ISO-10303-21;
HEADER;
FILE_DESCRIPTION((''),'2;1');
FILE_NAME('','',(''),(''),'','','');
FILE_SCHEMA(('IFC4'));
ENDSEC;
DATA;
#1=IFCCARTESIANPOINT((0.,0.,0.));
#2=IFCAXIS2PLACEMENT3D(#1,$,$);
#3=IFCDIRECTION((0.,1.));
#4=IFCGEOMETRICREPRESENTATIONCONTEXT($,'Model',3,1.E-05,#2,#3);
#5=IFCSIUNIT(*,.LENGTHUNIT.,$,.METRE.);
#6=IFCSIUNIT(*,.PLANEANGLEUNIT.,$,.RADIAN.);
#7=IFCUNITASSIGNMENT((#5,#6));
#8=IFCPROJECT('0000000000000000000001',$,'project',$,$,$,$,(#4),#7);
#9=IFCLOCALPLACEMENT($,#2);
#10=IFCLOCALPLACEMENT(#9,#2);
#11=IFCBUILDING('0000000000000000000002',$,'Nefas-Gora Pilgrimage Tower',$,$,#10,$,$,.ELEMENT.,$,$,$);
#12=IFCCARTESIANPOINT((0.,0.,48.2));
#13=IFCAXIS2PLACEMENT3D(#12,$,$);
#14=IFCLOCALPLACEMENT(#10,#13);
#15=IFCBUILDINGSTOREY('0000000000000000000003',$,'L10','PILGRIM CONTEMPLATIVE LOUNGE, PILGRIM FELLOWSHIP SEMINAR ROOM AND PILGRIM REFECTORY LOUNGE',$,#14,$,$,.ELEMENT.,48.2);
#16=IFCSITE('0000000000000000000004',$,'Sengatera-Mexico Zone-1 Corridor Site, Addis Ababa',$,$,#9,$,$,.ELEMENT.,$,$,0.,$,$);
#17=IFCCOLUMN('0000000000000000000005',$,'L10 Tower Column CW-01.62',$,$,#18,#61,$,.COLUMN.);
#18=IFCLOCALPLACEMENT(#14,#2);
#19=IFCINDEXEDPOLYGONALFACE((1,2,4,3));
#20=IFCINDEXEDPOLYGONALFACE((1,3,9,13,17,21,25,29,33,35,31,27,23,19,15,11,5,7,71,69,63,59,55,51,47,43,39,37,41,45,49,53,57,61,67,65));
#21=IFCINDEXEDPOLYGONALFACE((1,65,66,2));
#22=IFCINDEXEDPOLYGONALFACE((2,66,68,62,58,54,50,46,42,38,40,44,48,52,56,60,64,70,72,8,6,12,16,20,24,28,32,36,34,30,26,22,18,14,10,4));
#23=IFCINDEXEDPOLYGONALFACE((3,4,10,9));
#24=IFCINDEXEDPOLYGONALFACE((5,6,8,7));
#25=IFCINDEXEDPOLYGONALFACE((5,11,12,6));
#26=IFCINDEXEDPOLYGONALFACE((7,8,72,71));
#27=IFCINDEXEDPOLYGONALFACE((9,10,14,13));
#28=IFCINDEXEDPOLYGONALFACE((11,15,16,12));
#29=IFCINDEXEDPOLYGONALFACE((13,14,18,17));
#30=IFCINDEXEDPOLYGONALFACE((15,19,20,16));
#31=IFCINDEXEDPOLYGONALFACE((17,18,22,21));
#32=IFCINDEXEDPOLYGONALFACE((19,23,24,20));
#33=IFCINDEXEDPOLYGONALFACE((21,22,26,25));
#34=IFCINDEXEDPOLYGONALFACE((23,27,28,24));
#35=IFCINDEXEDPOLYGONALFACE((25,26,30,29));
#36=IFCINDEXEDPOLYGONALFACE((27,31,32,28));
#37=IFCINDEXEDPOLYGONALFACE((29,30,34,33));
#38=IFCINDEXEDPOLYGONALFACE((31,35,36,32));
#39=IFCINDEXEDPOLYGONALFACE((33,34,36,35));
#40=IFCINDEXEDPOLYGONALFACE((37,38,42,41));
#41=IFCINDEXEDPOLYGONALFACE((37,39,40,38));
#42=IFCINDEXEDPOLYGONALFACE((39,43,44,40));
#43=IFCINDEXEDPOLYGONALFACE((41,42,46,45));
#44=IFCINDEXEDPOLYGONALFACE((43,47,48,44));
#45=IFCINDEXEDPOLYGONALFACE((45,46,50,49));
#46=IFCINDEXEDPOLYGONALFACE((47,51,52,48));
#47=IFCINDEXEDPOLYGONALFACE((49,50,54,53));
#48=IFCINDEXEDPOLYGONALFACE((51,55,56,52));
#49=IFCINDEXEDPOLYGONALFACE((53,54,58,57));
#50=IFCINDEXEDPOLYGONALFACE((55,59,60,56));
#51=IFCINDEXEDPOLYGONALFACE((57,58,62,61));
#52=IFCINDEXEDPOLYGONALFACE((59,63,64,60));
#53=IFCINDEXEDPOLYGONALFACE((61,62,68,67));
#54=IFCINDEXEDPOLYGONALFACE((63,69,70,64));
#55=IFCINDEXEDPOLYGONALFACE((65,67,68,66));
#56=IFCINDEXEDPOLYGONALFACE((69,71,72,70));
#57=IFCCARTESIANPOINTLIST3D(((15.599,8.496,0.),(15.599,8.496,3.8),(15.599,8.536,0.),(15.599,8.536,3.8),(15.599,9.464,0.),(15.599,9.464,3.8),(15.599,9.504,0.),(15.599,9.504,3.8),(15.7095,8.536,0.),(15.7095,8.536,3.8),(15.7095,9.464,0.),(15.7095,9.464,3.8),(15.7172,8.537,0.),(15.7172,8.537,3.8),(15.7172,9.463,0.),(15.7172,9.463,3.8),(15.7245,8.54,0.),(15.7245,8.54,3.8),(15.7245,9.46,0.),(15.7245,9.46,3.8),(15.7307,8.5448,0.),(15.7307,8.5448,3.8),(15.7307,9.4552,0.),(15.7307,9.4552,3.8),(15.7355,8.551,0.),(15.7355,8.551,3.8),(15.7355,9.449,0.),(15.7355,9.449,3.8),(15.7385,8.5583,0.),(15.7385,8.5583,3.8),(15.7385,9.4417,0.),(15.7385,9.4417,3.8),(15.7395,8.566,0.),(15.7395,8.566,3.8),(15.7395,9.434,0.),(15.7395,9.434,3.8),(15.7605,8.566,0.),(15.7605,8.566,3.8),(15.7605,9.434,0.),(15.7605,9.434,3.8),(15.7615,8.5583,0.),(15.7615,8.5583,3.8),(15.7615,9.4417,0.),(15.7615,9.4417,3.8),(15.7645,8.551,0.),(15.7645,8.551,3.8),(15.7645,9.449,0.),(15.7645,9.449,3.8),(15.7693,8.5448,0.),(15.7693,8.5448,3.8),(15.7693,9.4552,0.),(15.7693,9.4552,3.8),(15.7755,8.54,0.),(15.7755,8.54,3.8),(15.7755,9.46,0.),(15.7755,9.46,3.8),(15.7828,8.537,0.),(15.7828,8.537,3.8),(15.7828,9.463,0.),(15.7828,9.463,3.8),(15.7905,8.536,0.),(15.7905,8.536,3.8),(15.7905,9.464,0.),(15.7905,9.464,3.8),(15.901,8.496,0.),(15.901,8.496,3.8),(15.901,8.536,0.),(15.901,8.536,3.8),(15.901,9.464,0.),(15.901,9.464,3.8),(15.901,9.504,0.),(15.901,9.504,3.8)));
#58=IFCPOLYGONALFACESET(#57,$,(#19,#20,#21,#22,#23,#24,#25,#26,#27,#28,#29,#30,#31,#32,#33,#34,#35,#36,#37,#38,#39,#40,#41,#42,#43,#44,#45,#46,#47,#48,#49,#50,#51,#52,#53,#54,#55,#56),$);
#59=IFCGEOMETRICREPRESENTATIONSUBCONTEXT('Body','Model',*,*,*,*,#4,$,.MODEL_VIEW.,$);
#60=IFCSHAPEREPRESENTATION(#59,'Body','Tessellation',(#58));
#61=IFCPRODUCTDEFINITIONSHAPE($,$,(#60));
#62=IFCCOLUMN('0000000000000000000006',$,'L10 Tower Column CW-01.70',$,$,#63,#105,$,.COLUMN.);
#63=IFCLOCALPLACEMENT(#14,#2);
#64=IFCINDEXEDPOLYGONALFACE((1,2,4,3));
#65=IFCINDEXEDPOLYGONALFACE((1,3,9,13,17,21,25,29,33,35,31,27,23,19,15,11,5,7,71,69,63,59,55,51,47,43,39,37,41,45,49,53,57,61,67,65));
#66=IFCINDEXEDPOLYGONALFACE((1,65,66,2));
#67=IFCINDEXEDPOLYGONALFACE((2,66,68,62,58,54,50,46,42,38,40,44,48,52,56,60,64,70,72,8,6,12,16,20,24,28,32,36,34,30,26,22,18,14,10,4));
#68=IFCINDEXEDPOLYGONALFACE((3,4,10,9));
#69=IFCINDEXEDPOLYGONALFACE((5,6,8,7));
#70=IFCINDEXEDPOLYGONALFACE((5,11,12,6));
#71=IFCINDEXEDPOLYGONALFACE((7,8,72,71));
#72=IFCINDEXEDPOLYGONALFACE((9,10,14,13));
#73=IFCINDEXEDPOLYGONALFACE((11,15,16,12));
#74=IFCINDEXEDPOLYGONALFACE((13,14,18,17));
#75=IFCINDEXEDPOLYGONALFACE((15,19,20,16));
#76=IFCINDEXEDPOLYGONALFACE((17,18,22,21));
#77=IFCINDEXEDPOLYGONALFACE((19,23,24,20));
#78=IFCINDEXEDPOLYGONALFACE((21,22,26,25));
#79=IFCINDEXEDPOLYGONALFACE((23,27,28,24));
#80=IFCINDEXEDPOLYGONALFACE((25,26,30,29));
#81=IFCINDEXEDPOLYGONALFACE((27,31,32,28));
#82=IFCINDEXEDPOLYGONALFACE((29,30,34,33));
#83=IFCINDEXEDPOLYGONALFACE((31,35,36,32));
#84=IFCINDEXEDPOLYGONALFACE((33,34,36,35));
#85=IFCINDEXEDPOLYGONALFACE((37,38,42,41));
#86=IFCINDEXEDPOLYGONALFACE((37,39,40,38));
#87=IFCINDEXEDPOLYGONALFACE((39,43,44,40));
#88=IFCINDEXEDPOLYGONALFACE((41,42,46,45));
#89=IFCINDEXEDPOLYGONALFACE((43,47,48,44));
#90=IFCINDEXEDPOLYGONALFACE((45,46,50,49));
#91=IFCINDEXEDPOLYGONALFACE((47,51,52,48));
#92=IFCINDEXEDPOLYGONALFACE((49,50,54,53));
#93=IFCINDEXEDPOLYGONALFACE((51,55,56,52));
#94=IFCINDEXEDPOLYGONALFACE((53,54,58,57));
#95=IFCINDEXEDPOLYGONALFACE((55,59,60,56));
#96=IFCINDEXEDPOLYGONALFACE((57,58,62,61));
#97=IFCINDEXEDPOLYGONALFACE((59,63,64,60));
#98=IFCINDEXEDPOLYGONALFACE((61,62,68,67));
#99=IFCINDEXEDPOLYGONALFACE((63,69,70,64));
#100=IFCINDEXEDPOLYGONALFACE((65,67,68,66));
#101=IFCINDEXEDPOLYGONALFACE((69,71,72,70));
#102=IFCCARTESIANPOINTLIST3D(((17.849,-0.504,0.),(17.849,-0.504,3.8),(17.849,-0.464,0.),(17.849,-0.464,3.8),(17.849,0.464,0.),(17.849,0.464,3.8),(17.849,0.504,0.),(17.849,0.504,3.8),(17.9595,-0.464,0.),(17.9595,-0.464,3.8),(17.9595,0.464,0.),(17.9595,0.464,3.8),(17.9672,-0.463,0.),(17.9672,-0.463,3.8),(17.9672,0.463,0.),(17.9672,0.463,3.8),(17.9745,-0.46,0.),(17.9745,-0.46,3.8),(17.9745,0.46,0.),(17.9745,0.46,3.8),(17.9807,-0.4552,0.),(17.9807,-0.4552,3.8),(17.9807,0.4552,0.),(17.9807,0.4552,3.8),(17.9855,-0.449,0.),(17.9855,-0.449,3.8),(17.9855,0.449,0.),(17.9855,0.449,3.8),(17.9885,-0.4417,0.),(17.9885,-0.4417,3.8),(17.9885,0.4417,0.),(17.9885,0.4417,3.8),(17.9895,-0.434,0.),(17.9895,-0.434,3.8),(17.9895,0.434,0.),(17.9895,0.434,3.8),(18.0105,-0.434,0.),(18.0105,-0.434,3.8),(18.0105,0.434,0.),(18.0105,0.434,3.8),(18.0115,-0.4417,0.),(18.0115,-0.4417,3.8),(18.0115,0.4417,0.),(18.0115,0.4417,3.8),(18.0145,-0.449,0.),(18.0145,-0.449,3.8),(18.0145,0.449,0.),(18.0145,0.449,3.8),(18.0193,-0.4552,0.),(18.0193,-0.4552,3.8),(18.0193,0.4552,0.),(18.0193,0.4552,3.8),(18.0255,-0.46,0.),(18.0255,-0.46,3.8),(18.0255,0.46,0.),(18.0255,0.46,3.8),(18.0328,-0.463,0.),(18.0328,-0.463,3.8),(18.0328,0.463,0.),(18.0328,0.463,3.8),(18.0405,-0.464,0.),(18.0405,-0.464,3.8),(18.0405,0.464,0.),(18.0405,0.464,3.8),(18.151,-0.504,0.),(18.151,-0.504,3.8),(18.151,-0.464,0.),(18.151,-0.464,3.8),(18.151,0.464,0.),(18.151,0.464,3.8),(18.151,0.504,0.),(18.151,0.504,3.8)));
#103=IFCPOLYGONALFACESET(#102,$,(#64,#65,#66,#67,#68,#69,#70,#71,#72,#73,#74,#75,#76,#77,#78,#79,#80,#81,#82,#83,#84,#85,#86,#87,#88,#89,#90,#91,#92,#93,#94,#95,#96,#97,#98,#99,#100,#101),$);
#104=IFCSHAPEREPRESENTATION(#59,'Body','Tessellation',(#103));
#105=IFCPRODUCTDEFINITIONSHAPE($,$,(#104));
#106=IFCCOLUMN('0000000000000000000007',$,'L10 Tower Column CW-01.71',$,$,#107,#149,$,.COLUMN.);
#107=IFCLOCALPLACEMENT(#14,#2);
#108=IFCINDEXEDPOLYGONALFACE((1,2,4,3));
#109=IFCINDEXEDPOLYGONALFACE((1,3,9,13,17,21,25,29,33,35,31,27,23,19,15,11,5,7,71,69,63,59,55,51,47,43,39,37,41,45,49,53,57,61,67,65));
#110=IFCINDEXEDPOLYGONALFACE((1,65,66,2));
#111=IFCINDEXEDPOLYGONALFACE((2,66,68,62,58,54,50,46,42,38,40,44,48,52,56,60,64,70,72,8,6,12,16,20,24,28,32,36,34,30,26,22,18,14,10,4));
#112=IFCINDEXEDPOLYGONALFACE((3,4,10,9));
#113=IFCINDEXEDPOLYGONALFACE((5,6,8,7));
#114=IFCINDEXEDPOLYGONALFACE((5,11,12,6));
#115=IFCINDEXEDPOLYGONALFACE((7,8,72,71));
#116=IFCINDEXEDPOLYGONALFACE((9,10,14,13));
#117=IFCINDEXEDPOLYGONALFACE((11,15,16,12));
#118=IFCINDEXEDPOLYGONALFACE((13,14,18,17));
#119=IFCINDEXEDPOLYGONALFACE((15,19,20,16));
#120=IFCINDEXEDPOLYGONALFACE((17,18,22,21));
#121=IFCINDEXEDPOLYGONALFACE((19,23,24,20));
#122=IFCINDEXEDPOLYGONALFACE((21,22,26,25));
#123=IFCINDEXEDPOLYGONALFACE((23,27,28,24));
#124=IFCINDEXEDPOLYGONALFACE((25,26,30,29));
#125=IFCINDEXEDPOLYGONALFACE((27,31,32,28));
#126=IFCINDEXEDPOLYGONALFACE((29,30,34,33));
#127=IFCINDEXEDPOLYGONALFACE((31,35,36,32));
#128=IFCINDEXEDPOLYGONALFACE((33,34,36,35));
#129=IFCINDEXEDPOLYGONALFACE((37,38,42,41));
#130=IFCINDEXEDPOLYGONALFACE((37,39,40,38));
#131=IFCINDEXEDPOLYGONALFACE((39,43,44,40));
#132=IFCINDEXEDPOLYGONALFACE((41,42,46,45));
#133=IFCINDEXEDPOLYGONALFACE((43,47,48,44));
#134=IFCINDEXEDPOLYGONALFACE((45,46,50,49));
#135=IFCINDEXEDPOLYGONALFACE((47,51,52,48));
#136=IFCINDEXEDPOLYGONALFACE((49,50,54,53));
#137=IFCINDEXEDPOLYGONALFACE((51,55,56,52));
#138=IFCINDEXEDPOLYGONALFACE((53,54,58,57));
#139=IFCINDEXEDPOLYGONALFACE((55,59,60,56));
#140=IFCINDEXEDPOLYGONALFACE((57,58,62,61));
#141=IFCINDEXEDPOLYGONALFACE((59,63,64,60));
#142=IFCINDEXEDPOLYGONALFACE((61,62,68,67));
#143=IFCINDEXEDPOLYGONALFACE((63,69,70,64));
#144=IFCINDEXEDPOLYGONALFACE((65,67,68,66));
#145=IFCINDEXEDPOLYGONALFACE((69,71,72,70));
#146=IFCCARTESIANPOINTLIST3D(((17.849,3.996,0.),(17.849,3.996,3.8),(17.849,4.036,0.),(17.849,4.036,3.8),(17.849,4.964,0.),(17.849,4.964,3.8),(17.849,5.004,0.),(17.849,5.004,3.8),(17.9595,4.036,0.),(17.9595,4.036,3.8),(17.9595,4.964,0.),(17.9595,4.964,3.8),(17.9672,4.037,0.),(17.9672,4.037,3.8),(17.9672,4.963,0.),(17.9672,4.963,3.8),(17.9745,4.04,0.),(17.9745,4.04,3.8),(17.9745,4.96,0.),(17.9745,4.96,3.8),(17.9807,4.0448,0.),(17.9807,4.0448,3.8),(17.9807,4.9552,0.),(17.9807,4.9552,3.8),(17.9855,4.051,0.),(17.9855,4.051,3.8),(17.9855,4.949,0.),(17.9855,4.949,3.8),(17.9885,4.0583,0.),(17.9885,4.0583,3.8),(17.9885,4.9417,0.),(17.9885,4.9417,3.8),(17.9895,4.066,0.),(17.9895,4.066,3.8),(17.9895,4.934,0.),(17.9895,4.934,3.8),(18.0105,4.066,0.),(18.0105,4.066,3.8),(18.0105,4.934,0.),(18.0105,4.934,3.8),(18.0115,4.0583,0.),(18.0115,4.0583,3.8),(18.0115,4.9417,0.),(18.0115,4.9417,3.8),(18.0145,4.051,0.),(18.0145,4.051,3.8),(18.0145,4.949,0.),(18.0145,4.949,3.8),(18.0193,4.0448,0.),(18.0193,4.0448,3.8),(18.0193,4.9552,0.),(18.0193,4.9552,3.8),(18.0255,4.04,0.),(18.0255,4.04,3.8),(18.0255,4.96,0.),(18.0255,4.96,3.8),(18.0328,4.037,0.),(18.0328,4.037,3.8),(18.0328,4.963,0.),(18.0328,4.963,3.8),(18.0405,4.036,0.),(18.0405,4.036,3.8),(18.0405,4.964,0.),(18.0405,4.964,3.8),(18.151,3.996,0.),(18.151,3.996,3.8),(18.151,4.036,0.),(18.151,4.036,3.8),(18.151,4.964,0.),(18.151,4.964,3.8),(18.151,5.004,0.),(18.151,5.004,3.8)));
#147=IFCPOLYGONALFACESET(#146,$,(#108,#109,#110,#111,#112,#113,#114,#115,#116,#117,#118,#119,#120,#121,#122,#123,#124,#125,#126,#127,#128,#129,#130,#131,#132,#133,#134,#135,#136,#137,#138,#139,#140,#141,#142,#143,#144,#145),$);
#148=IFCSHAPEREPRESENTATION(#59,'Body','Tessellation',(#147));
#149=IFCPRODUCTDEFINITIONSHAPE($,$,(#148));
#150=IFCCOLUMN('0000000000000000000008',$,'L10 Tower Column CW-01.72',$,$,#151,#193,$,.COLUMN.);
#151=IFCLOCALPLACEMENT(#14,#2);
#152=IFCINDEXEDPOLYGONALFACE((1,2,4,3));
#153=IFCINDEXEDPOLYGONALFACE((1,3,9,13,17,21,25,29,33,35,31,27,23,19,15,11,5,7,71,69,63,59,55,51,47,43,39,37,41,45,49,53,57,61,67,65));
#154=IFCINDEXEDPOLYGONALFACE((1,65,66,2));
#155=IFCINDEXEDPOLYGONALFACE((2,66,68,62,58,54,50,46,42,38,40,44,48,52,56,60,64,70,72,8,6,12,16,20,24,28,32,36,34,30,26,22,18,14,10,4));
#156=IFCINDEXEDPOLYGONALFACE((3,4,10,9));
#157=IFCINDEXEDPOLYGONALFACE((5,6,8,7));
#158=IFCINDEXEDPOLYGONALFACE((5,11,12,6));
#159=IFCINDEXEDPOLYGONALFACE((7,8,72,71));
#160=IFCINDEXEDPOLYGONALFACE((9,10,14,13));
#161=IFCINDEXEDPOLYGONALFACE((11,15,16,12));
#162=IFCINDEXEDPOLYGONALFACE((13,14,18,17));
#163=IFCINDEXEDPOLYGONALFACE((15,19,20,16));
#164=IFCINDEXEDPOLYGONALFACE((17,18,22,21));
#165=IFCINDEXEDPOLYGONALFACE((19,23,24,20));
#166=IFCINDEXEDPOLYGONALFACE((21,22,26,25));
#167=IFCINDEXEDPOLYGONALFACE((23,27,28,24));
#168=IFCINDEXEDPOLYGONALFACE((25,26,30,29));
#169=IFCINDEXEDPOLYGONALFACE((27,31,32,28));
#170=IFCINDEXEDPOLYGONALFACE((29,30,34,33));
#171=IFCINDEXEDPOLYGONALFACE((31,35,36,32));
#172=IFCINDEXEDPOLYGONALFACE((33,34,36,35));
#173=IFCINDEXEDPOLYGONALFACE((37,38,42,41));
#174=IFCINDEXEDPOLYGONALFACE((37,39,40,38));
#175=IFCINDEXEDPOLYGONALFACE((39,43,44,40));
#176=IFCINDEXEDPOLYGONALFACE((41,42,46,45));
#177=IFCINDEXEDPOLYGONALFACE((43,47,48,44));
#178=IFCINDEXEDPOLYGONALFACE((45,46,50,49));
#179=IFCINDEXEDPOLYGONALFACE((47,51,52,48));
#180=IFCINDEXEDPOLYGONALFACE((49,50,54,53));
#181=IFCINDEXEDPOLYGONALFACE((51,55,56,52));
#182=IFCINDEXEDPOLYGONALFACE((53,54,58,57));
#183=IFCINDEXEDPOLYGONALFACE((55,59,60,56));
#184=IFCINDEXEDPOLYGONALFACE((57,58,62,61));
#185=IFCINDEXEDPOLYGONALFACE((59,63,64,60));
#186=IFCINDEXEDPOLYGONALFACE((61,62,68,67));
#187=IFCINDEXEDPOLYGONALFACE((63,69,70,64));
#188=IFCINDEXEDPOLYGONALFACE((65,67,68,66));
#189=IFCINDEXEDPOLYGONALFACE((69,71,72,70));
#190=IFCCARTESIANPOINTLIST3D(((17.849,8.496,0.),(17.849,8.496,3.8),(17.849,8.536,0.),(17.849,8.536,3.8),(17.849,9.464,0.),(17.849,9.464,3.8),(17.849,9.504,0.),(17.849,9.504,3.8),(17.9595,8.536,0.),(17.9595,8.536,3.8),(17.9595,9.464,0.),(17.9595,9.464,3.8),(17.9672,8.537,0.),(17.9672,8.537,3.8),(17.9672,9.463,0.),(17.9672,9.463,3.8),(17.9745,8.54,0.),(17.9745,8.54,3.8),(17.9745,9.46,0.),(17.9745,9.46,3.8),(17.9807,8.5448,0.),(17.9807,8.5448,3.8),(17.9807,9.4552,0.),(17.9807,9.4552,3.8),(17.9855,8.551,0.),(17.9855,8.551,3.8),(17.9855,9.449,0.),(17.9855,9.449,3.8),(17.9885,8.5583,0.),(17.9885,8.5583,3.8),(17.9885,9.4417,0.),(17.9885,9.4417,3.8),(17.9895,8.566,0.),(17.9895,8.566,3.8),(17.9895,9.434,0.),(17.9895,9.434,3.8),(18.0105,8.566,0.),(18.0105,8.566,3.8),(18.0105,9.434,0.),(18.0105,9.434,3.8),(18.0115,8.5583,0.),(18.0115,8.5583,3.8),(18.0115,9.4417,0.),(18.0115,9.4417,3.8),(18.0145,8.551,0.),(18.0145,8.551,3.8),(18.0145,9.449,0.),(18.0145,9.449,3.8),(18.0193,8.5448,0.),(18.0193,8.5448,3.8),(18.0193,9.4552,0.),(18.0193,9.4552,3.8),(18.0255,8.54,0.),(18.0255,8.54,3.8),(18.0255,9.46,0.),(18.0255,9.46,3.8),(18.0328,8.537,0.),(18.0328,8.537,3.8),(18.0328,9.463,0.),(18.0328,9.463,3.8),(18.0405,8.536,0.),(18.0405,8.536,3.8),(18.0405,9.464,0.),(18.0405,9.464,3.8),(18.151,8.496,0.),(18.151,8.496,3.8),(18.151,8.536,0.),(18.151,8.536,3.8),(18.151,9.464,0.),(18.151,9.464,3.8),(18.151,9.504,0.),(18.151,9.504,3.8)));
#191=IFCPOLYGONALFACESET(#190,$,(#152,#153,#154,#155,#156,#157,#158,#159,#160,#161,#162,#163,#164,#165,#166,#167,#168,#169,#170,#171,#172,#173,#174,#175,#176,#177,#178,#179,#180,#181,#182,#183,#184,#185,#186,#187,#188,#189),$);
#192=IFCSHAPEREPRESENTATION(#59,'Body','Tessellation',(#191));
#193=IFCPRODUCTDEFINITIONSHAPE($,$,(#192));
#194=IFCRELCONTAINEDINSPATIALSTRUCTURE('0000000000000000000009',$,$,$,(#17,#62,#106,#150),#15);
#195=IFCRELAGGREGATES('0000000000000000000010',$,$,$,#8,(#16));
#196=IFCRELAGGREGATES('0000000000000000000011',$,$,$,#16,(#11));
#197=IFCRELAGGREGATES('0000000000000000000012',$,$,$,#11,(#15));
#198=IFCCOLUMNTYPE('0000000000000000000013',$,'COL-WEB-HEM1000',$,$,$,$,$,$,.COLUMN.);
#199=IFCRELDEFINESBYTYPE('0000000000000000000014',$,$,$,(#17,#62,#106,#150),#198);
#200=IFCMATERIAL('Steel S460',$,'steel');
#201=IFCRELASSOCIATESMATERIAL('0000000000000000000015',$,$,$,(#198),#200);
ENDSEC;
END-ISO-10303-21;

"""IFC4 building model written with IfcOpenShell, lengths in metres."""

from ifc_helpers import new_model, si_unit, direction, frame, origin, origin_2d, place, context, subcontext, project, spatial, i_section, extrude, source, transform, mapped, material, material_profile, profile_set, type_object, element, save


model = new_model("IFC4")

# Units and contexts
model_context = context("Model", 3, precision=1e-05, world=origin(), true_north=direction((0.0, 1.0)))
body_context = subcontext(model_context, "Body", "Model", "MODEL_VIEW")
ifc_project = project(units=[si_unit("LENGTHUNIT", "METRE"), si_unit("PLANEANGLEUNIT", "RADIAN")], contexts=[model_context])

# Site, building, storey
site_placement = place(None, origin())
site = spatial("IfcSite", under=ifc_project, at=site_placement, Name="Sengatera-Mexico Zone-1 Corridor Site, Addis Ababa", CompositionType="ELEMENT", RefElevation=0.0)
building_placement = place(site_placement, origin())
building = spatial("IfcBuilding", under=site, at=building_placement, Name="Nefas-Gora Pilgrimage Tower", CompositionType="ELEMENT")
storey_placement = place(building_placement, frame((0.0, 0.0, 48.2)))
storey = spatial("IfcBuildingStorey", under=building, at=storey_placement, Name="L10", Description="PILGRIM CONTEMPLATIVE LOUNGE, PILGRIM FELLOWSHIP SEMINAR ROOM AND PILGRIM REFECTORY LOUNGE", CompositionType="ELEMENT", Elevation=48.2)

# Columns
ifc_material_1 = material(Name="Steel S460", Category="steel")
ifc_material_profile_1 = material_profile(ifc_material_1, i_section(OverallWidth=0.302, OverallDepth=1.0081, WebThickness=0.021, FlangeThickness=0.04, FilletRadius=0.03, at=origin_2d()), Name="HEM 1000")
ifc_profile_set_1 = profile_set([ifc_material_profile_1], Name="Steel S460")
column_type_1 = type_object("IfcColumnType", Name="COL-WEB-HEM1000", PredefinedType="COLUMN", material=ifc_profile_set_1)
shared_shape_1 = source(origin(), body_context, "Body", "SweptSolid", [
    extrude(i_section(OverallWidth=0.302, OverallDepth=1.0081, WebThickness=0.021, FlangeThickness=0.04, FilletRadius=0.03, at=origin_2d()), origin(), (0.0, 0.0, 1.0), 3.8),
])
for number, where, z_axis, x_axis, name in (
    (1, (15.75, 9.0, 0.0), (0.0, 0.0, 1.0), (1.0, 0.0, 0.0), "L10 Tower Column CW-01.62"),
    (2, (18.0, 0.0, 0.0), (0.0, 0.0, 1.0), (1.0, 0.0, 0.0), "L10 Tower Column CW-01.70"),
    (3, (18.0, 4.5, 0.0), (0.0, 0.0, 1.0), (1.0, 0.0, 0.0), "L10 Tower Column CW-01.71"),
    (4, (18.0, 9.0, 0.0), (0.0, 0.0, 1.0), (1.0, 0.0, 0.0), "L10 Tower Column CW-01.72"),
):
    element("IfcColumn", number, at=place(storey_placement, frame(where, z_axis=z_axis, x_axis=x_axis)), inside=storey, type_object=column_type_1, Name=name, PredefinedType="COLUMN", context=body_context, shape_type="MappedRepresentation", body=[
        mapped(shared_shape_1, transform((0.0, 0.0, 0.0), x_axis=(1.0, 0.0, 0.0), y_axis=(0.0, 1.0, 0.0), z_axis=(0.0, 0.0, 1.0), scale=1.0)),
    ])

save(model, "model.ifc")
